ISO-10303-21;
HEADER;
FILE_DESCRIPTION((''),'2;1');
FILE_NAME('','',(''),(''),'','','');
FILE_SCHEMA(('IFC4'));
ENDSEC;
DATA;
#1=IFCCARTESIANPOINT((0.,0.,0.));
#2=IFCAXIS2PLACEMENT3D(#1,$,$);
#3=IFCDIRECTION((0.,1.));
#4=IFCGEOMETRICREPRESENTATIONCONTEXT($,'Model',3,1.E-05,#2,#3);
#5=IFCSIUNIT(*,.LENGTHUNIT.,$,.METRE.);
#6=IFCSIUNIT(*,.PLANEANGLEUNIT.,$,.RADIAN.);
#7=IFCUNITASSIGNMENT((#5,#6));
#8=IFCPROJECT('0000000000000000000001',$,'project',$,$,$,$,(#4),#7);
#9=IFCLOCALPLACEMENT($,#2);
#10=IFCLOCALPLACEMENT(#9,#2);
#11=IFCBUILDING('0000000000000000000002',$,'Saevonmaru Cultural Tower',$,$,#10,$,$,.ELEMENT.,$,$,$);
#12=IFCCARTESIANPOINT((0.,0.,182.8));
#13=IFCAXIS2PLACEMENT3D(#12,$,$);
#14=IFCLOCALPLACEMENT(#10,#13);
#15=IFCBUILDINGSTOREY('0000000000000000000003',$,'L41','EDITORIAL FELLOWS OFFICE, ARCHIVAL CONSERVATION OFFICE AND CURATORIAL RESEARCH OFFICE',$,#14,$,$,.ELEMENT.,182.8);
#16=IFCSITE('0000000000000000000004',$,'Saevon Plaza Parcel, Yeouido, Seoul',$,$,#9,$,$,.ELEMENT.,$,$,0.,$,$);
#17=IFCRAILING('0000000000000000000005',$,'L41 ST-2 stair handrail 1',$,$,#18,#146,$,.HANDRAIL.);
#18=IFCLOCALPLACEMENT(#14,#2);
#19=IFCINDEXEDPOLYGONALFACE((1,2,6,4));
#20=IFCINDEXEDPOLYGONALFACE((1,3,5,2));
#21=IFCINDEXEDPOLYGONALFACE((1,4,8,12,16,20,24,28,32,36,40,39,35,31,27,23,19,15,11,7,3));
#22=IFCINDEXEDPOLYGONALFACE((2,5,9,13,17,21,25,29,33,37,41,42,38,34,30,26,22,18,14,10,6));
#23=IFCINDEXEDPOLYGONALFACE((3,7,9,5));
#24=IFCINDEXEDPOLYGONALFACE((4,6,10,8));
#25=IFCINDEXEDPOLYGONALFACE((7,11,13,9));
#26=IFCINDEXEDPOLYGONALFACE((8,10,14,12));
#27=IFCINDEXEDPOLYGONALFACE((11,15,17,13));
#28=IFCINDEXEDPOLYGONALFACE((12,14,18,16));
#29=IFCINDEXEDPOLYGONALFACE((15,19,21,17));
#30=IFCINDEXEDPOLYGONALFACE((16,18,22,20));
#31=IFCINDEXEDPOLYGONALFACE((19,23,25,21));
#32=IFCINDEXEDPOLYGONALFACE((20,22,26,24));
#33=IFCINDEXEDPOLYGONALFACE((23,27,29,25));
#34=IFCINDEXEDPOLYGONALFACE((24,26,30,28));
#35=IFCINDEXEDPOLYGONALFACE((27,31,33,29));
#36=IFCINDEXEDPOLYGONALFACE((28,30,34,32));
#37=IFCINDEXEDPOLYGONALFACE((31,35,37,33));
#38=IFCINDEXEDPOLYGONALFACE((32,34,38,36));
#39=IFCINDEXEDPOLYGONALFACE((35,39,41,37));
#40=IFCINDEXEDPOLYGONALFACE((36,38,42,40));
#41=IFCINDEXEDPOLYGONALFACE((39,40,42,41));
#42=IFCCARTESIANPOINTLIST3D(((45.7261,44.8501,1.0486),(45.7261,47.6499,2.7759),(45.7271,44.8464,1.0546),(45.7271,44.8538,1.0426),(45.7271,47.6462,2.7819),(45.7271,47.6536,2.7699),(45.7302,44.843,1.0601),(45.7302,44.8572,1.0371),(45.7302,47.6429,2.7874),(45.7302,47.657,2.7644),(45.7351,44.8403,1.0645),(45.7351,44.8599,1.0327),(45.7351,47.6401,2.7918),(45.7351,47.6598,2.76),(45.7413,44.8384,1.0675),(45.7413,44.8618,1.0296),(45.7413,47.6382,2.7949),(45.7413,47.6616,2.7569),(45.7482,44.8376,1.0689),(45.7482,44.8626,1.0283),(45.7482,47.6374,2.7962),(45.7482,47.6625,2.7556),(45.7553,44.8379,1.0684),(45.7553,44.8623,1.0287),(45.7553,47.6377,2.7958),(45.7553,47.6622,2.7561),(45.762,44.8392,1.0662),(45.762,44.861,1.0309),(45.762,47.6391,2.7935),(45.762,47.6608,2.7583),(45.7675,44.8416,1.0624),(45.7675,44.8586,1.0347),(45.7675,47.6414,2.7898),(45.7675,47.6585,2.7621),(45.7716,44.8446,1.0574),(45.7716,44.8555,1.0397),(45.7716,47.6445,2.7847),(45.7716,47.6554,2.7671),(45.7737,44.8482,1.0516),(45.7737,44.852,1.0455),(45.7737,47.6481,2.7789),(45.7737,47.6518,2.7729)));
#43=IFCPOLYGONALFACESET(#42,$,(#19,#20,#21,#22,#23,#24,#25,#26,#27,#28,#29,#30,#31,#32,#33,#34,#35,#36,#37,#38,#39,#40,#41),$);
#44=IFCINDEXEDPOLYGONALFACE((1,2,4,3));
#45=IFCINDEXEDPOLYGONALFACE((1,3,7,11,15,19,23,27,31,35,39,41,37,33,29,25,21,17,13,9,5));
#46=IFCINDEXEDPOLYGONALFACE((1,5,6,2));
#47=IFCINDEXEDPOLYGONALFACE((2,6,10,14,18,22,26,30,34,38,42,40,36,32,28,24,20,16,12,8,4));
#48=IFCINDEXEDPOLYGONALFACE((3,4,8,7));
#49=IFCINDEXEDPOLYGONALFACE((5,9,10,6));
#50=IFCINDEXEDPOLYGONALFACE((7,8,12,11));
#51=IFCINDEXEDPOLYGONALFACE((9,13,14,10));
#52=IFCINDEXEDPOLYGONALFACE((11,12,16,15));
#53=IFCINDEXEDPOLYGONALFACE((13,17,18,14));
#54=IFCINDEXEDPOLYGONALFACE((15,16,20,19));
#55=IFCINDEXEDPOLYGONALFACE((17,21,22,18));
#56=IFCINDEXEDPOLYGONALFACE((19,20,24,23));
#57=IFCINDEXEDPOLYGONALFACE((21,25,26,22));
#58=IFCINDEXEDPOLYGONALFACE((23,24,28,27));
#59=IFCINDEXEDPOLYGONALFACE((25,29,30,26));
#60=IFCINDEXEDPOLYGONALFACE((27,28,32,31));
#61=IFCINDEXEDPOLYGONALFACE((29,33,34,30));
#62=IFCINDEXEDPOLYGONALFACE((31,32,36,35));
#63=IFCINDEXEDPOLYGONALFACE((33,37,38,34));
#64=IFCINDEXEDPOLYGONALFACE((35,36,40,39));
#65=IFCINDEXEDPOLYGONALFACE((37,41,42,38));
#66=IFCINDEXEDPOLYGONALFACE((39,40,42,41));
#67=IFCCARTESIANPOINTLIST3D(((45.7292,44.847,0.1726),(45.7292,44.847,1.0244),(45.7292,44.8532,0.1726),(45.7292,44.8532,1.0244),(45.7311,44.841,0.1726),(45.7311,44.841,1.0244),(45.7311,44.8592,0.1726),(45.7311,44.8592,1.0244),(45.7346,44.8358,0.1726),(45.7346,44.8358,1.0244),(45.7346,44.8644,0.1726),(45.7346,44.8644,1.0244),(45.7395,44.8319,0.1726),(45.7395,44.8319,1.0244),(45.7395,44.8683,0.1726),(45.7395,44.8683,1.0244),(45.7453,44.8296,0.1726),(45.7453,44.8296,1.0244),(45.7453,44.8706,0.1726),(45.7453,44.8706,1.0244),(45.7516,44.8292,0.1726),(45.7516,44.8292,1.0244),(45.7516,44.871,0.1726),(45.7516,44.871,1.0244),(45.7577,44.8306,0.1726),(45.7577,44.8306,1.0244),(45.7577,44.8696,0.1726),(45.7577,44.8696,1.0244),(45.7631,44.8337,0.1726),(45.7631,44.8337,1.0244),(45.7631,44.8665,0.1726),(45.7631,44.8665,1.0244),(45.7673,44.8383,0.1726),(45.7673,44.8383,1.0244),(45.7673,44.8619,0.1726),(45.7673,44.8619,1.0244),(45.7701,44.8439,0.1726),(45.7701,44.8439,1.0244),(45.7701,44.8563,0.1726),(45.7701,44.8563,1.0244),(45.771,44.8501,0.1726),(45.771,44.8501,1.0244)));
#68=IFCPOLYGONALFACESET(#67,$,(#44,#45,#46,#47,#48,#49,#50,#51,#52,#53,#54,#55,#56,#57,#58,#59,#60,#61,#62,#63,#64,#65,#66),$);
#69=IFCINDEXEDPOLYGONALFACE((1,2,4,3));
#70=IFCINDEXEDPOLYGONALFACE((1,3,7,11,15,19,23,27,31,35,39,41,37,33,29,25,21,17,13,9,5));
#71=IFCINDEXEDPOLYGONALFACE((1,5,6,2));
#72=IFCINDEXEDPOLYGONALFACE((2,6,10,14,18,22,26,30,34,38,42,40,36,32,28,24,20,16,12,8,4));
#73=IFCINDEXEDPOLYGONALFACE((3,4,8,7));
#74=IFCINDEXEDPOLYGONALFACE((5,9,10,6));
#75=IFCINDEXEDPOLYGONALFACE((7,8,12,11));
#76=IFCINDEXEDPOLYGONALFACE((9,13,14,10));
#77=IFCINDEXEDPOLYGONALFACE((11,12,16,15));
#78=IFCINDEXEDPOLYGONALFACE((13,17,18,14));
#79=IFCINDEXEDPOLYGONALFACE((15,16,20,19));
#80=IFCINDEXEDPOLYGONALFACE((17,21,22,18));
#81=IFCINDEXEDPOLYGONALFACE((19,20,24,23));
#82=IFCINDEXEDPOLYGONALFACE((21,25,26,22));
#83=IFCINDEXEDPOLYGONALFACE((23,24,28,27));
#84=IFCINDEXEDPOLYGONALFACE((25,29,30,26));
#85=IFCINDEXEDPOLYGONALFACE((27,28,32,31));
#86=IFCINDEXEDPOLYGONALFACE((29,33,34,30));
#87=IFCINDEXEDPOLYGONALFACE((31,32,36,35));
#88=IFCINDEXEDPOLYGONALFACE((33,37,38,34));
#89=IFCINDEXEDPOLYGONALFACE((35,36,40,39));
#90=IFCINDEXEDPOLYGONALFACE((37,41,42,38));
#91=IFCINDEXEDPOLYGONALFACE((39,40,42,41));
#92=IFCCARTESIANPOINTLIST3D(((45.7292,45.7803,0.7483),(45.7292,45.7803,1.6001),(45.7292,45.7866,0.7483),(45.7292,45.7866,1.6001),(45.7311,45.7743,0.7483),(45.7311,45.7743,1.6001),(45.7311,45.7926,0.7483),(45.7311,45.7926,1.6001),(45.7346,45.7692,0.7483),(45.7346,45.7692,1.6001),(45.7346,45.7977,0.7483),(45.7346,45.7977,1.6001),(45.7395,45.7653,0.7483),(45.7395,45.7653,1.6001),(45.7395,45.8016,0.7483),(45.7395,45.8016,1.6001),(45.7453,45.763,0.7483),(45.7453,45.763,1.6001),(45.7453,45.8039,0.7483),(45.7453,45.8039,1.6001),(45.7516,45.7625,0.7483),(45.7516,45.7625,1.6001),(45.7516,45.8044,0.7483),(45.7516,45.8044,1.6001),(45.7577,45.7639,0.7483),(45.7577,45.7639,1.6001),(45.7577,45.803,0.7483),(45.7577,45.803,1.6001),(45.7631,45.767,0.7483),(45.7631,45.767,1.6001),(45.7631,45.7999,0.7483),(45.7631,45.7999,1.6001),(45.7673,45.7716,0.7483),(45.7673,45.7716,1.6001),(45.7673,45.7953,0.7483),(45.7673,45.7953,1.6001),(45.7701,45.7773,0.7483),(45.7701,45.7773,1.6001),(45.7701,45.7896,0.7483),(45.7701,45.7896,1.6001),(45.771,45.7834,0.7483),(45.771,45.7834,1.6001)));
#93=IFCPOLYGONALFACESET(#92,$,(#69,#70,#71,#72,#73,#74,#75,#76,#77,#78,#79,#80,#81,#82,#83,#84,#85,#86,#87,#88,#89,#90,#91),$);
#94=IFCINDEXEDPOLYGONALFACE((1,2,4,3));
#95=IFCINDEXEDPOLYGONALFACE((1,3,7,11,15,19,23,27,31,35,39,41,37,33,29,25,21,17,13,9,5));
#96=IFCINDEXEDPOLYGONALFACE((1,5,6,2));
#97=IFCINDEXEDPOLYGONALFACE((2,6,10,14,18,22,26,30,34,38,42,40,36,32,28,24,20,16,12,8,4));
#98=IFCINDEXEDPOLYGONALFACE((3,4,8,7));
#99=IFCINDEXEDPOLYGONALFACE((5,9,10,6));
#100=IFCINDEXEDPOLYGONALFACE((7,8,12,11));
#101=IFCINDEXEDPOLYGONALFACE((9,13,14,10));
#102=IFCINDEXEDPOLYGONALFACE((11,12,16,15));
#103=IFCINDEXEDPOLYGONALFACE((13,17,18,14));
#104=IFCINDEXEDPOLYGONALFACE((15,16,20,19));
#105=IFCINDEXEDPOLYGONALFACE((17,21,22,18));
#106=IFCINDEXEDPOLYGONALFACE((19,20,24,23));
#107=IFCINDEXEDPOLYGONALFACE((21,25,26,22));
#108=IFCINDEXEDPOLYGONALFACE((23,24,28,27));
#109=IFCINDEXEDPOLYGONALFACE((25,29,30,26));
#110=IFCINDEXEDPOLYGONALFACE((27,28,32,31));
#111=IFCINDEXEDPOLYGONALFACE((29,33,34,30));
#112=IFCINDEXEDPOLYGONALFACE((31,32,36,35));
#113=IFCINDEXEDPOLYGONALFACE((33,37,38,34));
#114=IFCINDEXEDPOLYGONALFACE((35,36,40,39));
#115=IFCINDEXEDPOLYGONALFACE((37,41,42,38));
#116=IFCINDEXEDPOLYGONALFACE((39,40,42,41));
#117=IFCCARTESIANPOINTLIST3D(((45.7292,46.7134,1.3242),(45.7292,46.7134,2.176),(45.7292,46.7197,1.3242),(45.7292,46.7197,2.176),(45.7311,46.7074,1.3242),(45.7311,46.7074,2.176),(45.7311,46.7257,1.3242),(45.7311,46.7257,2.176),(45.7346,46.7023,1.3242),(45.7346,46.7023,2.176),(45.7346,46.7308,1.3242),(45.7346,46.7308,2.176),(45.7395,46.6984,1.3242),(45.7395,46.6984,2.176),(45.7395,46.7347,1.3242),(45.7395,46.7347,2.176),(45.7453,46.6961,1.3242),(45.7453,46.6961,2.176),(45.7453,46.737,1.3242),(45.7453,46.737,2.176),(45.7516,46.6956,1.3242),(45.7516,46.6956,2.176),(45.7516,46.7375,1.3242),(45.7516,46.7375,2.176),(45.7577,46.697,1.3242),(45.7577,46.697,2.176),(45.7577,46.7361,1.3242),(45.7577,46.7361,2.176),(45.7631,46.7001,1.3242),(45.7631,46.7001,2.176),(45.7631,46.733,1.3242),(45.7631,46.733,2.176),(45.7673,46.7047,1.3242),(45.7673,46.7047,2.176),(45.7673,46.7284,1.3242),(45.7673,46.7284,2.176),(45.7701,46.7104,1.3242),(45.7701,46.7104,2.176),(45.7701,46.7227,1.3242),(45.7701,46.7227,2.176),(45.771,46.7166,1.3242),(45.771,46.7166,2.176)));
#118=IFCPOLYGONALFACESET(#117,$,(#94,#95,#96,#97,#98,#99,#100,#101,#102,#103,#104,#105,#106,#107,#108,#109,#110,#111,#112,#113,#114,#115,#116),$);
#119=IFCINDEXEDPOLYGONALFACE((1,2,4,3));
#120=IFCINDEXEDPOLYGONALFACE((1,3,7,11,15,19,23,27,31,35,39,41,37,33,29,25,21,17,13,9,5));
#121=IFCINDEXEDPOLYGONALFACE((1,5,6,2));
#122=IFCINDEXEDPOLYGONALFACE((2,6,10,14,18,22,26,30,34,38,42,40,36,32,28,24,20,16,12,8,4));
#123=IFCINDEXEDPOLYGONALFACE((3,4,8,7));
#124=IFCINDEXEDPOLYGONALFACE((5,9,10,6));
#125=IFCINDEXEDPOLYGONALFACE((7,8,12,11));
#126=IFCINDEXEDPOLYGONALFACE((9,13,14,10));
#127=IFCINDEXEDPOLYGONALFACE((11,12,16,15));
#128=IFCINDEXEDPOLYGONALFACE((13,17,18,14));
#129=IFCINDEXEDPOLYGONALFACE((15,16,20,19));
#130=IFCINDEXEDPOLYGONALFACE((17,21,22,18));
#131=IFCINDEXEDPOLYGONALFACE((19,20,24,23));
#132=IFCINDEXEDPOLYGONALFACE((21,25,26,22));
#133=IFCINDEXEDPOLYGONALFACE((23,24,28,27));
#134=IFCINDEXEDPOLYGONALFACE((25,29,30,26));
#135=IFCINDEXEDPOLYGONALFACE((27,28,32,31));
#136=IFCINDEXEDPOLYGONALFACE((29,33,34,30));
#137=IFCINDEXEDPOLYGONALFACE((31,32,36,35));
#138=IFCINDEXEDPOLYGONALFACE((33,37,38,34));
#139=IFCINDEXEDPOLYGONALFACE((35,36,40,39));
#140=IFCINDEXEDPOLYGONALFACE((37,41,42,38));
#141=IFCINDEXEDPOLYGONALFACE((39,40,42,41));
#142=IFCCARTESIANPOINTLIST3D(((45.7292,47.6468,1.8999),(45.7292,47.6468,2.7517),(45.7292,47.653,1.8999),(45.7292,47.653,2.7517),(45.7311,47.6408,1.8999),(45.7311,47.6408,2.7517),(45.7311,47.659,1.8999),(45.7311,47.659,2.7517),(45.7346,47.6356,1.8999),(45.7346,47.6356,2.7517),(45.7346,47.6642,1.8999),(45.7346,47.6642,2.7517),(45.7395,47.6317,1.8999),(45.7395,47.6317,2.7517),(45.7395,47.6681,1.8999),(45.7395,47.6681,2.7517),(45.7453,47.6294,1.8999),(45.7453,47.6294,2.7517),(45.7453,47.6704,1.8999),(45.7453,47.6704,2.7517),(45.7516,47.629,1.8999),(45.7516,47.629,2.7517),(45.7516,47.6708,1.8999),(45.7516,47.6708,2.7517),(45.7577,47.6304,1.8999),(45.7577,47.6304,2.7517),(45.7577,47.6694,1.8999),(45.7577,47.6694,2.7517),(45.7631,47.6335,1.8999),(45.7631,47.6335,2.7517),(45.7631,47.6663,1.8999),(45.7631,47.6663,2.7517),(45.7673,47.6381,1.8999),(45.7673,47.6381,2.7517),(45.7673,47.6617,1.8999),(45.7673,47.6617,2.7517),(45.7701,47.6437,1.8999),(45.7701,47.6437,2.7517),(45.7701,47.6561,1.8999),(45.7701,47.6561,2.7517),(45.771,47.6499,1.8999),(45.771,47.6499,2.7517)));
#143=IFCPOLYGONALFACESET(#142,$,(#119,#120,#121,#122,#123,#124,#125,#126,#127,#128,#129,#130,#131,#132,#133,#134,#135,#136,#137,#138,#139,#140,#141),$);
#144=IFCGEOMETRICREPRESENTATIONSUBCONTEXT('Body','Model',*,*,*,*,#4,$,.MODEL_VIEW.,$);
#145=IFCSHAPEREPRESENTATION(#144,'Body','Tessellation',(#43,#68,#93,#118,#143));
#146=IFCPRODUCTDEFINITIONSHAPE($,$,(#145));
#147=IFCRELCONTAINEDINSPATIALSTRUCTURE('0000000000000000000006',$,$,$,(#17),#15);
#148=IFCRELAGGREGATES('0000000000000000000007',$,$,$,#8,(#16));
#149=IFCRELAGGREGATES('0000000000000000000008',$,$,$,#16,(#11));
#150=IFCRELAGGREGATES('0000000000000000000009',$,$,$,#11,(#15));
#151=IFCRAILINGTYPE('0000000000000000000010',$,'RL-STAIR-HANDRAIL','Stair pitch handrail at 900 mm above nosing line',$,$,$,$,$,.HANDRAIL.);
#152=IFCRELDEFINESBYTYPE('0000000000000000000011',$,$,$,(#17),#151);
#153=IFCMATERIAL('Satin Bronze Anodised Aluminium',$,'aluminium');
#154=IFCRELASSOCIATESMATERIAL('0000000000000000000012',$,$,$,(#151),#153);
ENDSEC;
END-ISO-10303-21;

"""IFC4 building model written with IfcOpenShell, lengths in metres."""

from ifc_helpers import new_model, si_unit, direction, frame, origin, origin_2d, place, context, subcontext, project, spatial, circle, extrude, material, type_object, element, save


model = new_model("IFC4")

# Units and contexts
model_context = context("Model", 3, precision=1e-05, world=origin(), true_north=direction((0.0, 1.0)))
body_context = subcontext(model_context, "Body", "Model", "MODEL_VIEW")
ifc_project = project(units=[si_unit("LENGTHUNIT", "METRE"), si_unit("PLANEANGLEUNIT", "RADIAN")], contexts=[model_context])

# Site, building, storey
site_placement = place(None, origin())
site = spatial("IfcSite", under=ifc_project, at=site_placement, Name="Saevon Plaza Parcel, Yeouido, Seoul", CompositionType="ELEMENT", RefElevation=0.0)
building_placement = place(site_placement, origin())
building = spatial("IfcBuilding", under=site, at=building_placement, Name="Saevonmaru Cultural Tower", CompositionType="ELEMENT")
storey_placement = place(building_placement, frame((0.0, 0.0, 182.8)))
storey = spatial("IfcBuildingStorey", under=building, at=storey_placement, Name="L41", Description="EDITORIAL FELLOWS OFFICE, ARCHIVAL CONSERVATION OFFICE AND CURATORIAL RESEARCH OFFICE", CompositionType="ELEMENT", Elevation=182.8)

# Shared definitions
ifc_material_1 = material(Name="Satin Bronze Anodised Aluminium", Category="aluminium")

# Railing
railing_type_1 = type_object("IfcRailingType", Name="RL-STAIR-HANDRAIL", Description="Stair pitch handrail at 900 mm above nosing line", PredefinedType="HANDRAIL", material=ifc_material_1)
railing_1_placement = place(storey_placement, frame((45.75, 44.8501, 0.1726)))
element("IfcRailing", 1, at=railing_1_placement, inside=storey, type_object=railing_type_1, Name="L41 ST-2 stair handrail 1", PredefinedType="HANDRAIL", context=body_context, shape_type="SweptSolid", body=[
    extrude(circle(Radius=0.0239, at=origin_2d()), frame((0.0, 0.0, 0.876), z_axis=(0.0, 0.851069, 0.525054), x_axis=(-1.0, 0.0, 0.0)), (0.0, 0.0, 1.0), 3.2898),
    extrude(circle(Radius=0.021, at=origin_2d()), origin(), (0.0, 0.0, 1.0), 0.8518),
    extrude(circle(Radius=0.021, at=origin_2d()), frame((0.0, 0.9333, 0.5757)), (0.0, 0.0, 1.0), 0.8518),
    extrude(circle(Radius=0.021, at=origin_2d()), frame((0.0, 1.8665, 1.1516)), (0.0, 0.0, 1.0), 0.8518),
    extrude(circle(Radius=0.021, at=origin_2d()), frame((0.0, 2.7998, 1.7273)), (0.0, 0.0, 1.0), 0.8518),
])

save(model, "model.ifc")
